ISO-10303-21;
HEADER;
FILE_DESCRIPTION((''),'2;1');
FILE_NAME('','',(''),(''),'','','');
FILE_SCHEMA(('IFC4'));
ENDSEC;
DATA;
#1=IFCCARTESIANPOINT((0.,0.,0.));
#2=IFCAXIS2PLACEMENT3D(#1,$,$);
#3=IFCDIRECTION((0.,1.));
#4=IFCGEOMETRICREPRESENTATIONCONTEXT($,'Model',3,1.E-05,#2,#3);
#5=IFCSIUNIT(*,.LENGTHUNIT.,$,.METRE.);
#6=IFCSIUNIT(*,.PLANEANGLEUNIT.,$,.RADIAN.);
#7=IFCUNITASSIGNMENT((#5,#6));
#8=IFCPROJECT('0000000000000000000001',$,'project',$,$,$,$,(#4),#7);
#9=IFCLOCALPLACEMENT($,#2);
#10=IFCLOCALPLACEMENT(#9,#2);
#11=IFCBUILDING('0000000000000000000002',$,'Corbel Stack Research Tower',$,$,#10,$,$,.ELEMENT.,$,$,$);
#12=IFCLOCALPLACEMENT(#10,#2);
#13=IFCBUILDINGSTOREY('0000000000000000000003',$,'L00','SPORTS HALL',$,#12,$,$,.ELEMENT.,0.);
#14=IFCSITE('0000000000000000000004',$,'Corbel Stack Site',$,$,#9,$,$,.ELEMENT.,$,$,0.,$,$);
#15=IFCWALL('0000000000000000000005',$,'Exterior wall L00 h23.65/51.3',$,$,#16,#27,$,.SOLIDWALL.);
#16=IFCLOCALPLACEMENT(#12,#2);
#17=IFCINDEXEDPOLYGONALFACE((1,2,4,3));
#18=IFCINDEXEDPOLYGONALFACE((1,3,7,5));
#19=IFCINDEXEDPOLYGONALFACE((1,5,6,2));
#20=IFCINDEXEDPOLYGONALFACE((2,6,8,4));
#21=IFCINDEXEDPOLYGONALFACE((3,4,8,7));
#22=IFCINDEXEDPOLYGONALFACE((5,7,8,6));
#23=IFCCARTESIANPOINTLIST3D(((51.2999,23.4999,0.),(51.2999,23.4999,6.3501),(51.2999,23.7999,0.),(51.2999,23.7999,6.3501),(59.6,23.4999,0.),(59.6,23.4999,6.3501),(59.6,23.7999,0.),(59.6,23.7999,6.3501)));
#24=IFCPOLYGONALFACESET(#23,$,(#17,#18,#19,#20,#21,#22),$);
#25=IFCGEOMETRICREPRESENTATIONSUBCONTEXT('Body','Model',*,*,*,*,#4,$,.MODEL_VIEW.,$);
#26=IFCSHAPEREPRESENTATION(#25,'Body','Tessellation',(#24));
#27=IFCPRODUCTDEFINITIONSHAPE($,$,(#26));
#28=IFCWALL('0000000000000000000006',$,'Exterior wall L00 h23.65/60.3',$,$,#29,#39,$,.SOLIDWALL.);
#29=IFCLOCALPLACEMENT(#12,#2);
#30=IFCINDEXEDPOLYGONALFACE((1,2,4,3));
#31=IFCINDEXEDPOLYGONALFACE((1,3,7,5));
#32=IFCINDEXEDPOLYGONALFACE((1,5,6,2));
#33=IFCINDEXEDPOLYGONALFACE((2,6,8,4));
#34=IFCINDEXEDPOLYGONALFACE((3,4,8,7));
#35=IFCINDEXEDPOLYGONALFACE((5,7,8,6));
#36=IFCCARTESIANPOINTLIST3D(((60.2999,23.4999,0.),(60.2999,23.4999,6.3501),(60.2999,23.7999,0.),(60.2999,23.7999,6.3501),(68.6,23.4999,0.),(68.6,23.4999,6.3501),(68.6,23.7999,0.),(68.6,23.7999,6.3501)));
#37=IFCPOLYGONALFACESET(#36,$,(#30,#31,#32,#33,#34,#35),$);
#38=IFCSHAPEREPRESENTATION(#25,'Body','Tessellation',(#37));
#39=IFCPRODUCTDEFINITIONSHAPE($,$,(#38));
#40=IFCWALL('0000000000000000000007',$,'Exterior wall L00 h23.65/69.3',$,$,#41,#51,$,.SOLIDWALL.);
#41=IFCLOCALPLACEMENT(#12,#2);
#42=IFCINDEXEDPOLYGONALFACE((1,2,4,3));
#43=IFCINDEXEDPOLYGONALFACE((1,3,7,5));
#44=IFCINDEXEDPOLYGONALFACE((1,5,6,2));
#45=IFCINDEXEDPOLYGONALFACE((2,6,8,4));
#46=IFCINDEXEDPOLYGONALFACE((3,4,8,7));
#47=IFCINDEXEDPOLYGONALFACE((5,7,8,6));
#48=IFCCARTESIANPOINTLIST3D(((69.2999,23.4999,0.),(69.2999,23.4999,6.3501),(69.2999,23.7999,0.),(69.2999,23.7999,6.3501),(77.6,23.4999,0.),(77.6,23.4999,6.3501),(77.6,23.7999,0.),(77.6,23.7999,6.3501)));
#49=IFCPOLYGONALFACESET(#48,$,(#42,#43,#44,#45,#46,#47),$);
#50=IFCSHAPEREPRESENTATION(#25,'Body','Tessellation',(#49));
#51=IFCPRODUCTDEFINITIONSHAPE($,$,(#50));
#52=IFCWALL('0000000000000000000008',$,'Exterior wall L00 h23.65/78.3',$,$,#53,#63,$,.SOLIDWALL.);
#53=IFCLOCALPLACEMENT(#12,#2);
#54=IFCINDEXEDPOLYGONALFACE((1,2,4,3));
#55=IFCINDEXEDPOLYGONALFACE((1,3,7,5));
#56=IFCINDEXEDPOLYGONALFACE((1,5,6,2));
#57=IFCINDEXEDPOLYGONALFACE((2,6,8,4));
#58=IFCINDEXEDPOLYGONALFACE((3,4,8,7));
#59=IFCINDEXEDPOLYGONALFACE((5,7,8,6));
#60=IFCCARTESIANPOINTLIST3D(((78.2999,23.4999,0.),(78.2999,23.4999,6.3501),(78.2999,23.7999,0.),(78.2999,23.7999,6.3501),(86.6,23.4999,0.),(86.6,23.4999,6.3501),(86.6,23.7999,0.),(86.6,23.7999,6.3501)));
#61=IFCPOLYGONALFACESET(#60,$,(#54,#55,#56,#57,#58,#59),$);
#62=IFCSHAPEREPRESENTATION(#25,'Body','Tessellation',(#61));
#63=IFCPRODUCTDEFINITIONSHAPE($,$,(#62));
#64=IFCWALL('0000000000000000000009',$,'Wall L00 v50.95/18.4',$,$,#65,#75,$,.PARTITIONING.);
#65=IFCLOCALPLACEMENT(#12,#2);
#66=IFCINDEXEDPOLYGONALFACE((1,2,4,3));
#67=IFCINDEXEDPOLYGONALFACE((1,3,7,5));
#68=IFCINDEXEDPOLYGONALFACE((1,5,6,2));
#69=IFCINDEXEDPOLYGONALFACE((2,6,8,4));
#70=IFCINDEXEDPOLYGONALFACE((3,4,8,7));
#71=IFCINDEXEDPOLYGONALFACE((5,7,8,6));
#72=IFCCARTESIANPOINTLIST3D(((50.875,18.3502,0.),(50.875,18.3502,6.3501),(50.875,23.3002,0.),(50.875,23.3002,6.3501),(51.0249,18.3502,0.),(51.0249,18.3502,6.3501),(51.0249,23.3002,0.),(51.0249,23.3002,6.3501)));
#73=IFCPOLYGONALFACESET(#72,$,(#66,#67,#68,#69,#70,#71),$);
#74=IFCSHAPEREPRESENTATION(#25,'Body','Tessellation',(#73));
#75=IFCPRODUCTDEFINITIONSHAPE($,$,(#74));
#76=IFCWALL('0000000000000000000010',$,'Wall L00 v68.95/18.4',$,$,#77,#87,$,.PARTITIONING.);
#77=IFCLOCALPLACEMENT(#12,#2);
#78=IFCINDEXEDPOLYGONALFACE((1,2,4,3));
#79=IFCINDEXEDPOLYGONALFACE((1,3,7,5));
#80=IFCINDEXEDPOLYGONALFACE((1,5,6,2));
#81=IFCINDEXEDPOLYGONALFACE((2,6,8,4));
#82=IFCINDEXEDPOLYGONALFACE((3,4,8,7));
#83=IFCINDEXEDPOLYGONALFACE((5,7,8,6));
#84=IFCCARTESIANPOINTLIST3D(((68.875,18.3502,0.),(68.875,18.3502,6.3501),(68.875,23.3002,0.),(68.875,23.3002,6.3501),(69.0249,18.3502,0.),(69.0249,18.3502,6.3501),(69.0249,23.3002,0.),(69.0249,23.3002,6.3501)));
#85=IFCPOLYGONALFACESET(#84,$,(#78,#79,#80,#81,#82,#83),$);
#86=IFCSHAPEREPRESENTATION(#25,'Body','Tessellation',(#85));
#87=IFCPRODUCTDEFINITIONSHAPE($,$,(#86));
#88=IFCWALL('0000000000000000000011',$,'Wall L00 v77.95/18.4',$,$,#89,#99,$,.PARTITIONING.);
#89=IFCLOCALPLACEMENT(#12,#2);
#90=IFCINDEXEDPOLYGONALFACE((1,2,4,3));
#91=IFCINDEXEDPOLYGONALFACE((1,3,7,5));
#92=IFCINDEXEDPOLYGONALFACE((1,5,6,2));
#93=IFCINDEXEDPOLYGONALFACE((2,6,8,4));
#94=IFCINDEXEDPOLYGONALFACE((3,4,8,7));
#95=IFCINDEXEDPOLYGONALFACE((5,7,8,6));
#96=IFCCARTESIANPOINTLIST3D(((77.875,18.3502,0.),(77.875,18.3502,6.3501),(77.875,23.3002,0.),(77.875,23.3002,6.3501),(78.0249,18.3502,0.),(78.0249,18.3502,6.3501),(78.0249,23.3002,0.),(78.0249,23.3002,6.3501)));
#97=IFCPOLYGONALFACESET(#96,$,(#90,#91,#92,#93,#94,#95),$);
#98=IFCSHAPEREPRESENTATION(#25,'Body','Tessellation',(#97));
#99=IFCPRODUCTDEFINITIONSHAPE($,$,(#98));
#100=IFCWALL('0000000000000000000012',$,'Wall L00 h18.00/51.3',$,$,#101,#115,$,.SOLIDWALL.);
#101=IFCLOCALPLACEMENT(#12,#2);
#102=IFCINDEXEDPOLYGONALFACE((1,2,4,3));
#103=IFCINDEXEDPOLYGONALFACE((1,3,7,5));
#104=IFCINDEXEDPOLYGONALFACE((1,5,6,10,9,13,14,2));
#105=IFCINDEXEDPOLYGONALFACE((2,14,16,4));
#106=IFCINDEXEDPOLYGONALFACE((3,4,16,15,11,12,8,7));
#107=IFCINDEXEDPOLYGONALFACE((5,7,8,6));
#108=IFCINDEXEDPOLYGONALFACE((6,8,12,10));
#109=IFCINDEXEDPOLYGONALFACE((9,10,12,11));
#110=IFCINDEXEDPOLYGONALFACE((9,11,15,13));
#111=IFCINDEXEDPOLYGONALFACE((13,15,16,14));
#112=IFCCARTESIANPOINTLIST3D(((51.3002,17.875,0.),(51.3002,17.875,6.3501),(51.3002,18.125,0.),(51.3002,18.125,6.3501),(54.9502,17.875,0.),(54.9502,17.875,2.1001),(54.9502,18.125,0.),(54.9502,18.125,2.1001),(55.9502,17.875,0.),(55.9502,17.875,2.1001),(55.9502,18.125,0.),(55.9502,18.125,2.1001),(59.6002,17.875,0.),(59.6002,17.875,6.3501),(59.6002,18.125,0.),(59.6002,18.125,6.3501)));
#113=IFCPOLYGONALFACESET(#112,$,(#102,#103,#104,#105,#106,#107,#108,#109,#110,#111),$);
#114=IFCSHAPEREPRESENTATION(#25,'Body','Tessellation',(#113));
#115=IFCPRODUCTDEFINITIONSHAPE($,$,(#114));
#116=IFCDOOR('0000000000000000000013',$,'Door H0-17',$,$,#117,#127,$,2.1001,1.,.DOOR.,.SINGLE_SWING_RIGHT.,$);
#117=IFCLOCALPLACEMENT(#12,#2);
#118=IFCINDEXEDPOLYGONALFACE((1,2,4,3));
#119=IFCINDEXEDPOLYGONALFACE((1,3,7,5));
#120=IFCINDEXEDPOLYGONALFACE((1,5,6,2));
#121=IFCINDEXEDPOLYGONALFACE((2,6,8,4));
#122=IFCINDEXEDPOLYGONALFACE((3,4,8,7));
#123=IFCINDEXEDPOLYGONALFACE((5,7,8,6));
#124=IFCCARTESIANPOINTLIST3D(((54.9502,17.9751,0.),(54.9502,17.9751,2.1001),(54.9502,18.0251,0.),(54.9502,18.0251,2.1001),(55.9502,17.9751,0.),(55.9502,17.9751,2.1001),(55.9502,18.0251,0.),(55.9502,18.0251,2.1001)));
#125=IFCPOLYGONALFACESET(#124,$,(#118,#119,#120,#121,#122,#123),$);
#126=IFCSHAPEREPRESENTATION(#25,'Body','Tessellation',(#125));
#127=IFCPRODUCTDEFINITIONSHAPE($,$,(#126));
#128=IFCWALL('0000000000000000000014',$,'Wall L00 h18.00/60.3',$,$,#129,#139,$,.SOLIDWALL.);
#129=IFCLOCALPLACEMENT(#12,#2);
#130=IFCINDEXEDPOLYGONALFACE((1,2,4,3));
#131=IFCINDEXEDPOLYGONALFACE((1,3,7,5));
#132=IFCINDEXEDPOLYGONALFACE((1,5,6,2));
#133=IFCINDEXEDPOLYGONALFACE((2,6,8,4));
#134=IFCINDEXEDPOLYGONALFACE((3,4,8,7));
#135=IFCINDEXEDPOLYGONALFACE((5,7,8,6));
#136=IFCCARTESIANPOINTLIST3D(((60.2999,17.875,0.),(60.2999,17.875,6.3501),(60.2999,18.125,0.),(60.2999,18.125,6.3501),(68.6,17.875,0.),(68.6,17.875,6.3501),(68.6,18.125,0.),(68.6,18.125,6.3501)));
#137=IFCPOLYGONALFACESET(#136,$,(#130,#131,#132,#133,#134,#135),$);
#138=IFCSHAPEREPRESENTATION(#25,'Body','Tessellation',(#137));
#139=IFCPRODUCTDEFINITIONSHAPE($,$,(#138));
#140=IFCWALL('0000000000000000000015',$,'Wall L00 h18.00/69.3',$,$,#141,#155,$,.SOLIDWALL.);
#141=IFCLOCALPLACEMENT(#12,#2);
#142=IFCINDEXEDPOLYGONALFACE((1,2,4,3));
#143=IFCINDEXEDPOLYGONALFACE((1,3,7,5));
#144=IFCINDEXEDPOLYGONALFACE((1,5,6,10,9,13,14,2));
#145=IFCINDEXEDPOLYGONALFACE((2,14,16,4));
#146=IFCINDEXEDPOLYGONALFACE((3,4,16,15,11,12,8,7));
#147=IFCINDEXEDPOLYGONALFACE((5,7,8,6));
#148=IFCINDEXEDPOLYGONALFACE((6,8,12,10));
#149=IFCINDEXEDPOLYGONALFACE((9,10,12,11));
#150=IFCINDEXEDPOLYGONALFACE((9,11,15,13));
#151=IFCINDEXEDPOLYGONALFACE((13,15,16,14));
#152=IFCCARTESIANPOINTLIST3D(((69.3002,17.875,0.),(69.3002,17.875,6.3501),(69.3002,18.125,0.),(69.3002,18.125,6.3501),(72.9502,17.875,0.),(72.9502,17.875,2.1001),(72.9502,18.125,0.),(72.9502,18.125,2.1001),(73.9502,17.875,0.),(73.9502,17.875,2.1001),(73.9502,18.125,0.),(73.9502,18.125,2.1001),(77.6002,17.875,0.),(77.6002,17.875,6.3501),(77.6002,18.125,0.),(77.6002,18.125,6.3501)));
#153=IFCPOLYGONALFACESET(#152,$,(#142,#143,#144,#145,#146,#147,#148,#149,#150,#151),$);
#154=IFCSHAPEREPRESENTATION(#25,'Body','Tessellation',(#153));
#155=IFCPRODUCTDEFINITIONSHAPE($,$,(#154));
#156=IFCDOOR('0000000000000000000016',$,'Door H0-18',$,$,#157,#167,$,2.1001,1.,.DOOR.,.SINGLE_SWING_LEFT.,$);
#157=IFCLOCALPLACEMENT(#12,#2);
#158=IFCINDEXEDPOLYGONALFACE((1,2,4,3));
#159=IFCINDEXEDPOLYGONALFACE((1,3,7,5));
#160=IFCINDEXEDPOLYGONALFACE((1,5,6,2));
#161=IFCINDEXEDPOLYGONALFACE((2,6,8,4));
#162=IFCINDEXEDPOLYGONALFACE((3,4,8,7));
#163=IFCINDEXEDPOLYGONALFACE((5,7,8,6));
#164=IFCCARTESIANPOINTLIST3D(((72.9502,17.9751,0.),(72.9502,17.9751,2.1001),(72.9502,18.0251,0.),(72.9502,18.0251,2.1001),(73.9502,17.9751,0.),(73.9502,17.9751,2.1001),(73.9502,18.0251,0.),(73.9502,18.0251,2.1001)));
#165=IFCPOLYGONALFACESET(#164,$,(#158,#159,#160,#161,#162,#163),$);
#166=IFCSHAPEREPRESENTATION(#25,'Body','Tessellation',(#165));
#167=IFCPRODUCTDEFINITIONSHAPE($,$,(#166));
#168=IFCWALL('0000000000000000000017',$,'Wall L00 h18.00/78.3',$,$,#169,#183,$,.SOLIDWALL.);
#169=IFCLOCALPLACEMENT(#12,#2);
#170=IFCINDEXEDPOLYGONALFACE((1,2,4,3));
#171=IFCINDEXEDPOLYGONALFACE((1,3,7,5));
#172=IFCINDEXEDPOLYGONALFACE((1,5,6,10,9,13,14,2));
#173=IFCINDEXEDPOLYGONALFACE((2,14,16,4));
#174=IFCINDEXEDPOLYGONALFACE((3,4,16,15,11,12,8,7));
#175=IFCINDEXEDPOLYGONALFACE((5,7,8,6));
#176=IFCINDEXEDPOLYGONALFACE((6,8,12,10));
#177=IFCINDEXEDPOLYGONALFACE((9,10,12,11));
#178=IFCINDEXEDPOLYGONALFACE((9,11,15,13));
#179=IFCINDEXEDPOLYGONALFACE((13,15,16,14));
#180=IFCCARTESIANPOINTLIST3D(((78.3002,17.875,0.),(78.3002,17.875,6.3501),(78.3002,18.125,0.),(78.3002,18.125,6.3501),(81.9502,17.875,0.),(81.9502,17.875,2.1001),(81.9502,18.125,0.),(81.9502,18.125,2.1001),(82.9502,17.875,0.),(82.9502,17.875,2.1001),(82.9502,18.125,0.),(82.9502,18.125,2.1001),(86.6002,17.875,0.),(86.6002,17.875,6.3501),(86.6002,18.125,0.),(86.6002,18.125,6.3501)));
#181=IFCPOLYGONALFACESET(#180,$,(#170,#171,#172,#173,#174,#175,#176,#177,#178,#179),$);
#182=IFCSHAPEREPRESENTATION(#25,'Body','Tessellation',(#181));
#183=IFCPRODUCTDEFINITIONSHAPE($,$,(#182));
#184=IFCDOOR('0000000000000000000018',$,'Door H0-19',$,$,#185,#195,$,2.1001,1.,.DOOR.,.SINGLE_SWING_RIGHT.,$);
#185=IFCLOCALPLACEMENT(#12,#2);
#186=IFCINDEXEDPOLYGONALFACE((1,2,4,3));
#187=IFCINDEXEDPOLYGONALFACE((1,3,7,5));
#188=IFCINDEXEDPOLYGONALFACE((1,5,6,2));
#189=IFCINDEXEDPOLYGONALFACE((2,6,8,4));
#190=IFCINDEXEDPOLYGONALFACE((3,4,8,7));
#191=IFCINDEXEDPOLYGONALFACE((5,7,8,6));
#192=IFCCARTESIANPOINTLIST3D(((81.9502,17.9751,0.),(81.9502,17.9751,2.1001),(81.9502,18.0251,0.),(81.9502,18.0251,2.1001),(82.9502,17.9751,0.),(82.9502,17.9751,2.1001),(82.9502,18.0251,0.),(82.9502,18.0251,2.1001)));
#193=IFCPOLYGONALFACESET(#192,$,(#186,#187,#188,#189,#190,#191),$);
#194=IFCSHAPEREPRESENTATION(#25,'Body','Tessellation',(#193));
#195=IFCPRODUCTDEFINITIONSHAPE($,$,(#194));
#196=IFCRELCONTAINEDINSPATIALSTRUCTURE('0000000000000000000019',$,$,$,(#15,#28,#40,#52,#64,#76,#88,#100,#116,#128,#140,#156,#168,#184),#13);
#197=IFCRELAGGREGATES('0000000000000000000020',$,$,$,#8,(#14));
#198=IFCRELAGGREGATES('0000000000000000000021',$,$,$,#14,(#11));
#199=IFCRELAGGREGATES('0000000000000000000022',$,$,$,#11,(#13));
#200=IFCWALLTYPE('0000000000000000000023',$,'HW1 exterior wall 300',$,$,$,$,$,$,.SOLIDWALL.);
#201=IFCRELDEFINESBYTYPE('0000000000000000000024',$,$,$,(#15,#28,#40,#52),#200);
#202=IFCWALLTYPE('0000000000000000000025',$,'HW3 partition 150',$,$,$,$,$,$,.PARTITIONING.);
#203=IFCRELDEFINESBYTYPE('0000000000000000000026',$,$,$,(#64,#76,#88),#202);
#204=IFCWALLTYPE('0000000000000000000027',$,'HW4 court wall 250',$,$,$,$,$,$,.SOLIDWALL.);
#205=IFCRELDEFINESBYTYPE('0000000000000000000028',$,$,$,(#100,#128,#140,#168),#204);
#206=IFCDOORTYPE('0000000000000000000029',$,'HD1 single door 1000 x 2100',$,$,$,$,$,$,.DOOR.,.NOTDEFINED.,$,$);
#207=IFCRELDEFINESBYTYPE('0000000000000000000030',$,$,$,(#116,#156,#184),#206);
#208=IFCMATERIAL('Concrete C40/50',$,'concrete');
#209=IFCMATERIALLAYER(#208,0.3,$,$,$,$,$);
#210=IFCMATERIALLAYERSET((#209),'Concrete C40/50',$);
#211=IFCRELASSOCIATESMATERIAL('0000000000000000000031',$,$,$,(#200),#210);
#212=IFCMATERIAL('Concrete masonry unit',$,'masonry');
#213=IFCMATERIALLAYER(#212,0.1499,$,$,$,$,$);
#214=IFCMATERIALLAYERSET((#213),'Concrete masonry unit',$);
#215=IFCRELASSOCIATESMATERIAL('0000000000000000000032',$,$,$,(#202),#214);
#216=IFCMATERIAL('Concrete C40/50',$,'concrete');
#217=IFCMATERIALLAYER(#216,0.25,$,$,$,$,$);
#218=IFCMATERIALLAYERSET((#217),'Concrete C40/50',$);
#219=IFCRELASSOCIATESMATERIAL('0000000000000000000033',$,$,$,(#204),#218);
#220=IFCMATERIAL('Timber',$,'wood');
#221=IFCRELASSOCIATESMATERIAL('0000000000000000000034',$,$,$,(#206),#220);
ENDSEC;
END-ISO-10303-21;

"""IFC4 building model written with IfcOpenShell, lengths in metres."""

from ifc_helpers import new_model, si_unit, direction, frame, frame_2d, origin, place, context, subcontext, project, spatial, rectangle, extrude, material, layer, layer_set, type_object, element, fill, save


model = new_model("IFC4")

# Units and contexts
model_context = context("Model", 3, precision=1e-05, world=origin(), true_north=direction((0.0, 1.0)))
body_context = subcontext(model_context, "Body", "Model", "MODEL_VIEW")
ifc_project = project(units=[si_unit("LENGTHUNIT", "METRE"), si_unit("PLANEANGLEUNIT", "RADIAN")], contexts=[model_context])

# Site, building, storey
site_placement = place(None, origin())
site = spatial("IfcSite", under=ifc_project, at=site_placement, Name="Corbel Stack Site", CompositionType="ELEMENT", RefElevation=0.0)
building_placement = place(site_placement, origin())
building = spatial("IfcBuilding", under=site, at=building_placement, Name="Corbel Stack Research Tower", CompositionType="ELEMENT")
storey_placement = place(building_placement, origin())
storey = spatial("IfcBuildingStorey", under=building, at=storey_placement, Name="L00", Description="SPORTS HALL", CompositionType="ELEMENT", Elevation=0.0)

# Walls
ifc_material_1 = material(Name="Concrete C40/50", Category="concrete")
ifc_layer_1 = layer(ifc_material_1, 0.3)
ifc_layer_set_1 = layer_set([ifc_layer_1], Name="Concrete C40/50")
wall_type_1 = type_object("IfcWallType", Name="HW1 exterior wall 300", PredefinedType="SOLIDWALL", material=ifc_layer_set_1)
for number, where, z_axis, x_axis, name in (
    (1, (51.3, 23.6499, 0.0), (0.0, 0.0, 1.0), (1.0, 0.0, 0.0), "Exterior wall L00 h23.65/51.3"),
    (2, (60.3, 23.6499, 0.0), (0.0, 0.0, 1.0), (1.0, 0.0, 0.0), "Exterior wall L00 h23.65/60.3"),
    (3, (69.3, 23.6499, 0.0), (0.0, 0.0, 1.0), (1.0, 0.0, 0.0), "Exterior wall L00 h23.65/69.3"),
    (4, (78.3, 23.6499, 0.0), (0.0, 0.0, 1.0), (1.0, 0.0, 0.0), "Exterior wall L00 h23.65/78.3"),
):
    element("IfcWall", number, at=place(storey_placement, frame(where, z_axis=z_axis, x_axis=x_axis)), inside=storey, type_object=wall_type_1, Name=name, PredefinedType="SOLIDWALL", context=body_context, shape_type="SweptSolid", body=[
        extrude(rectangle(XDim=8.3, YDim=0.3, at=frame_2d((4.1499, 0.0))), origin(), (0.0, 0.0, 1.0), 6.3501),
    ])
ifc_material_2 = material(Name="Concrete masonry unit", Category="masonry")
ifc_layer_2 = layer(ifc_material_2, 0.1499)
ifc_layer_set_2 = layer_set([ifc_layer_2], Name="Concrete masonry unit")
wall_type_2 = type_object("IfcWallType", Name="HW3 partition 150", PredefinedType="PARTITIONING", material=ifc_layer_set_2)
for number, where, z_axis, x_axis, name in (
    (5, (50.95, 18.3501, 0.0), (0.0, 0.0, 1.0), (0.0, 1.0, 0.0), "Wall L00 v50.95/18.4"),
    (6, (68.95, 18.3501, 0.0), (0.0, 0.0, 1.0), (0.0, 1.0, 0.0), "Wall L00 v68.95/18.4"),
    (7, (77.95, 18.3501, 0.0), (0.0, 0.0, 1.0), (0.0, 1.0, 0.0), "Wall L00 v77.95/18.4"),
):
    element("IfcWall", number, at=place(storey_placement, frame(where, z_axis=z_axis, x_axis=x_axis)), inside=storey, type_object=wall_type_2, Name=name, PredefinedType="PARTITIONING", context=body_context, shape_type="SweptSolid", body=[
        extrude(rectangle(XDim=4.95, YDim=0.1499, at=frame_2d((2.4751, 0.0))), origin(), (0.0, 0.0, 1.0), 6.3501),
    ])

# Wall, opening, door
ifc_material_3 = material(Name="Concrete C40/50", Category="concrete")
ifc_layer_3 = layer(ifc_material_3, 0.25)
ifc_layer_set_3 = layer_set([ifc_layer_3], Name="Concrete C40/50")
wall_type_3 = type_object("IfcWallType", Name="HW4 court wall 250", PredefinedType="SOLIDWALL", material=ifc_layer_set_3)
wall_1_placement = place(storey_placement, frame((59.6001, 18.0, 0.0), z_axis=(0.0, 0.0, 1.0), x_axis=(-1.0, 0.0, 0.0)))
wall_1 = element("IfcWall", 8, at=wall_1_placement, inside=storey, type_object=wall_type_3, Name="Wall L00 h18.00/51.3", PredefinedType="SOLIDWALL", context=body_context, shape_type="SweptSolid", body=[
    extrude(rectangle(XDim=8.3, YDim=0.25, at=frame_2d((4.1499, 0.0))), origin(), (0.0, 0.0, 1.0), 6.3501),
])
opening_1_placement = place(wall_1_placement, frame((3.6499, 0.0, 0.0)))
opening_1 = element("IfcOpeningElement", 9, at=opening_1_placement, cuts=wall_1, PredefinedType="OPENING", context=body_context, shape_type="SweptSolid", body=[
    extrude(rectangle(XDim=1.0, YDim=2.1001, at=frame_2d((0.5, 1.05))), frame((0.0, 0.135, 0.0), z_axis=(0.0, -1.0, 0.0), x_axis=(1.0, 0.0, 0.0)), (0.0, 0.0, 1.0), 0.27),
])
ifc_material_4 = material(Name="Timber", Category="wood")
door_type_1 = type_object("IfcDoorType", Name="HD1 single door 1000 x 2100", OperationType="NOTDEFINED", PredefinedType="DOOR", material=ifc_material_4)
door_1_placement = place(opening_1_placement, origin())
door_1 = element("IfcDoor", 10, at=door_1_placement, inside=storey, type_object=door_type_1, Name="Door H0-17", OperationType="SINGLE_SWING_RIGHT", OverallHeight=2.1001, OverallWidth=1.0, PredefinedType="DOOR", context=body_context, shape_type="SweptSolid", body=[
    extrude(rectangle(XDim=1.0, YDim=2.1001, at=frame_2d((0.5, 1.05))), frame((0.0, 0.0249, 0.0), z_axis=(0.0, -1.0, 0.0), x_axis=(1.0, 0.0, 0.0)), (0.0, 0.0, 1.0), 0.05),
])
fill(opening_1, door_1)

# Wall
wall_2_placement = place(storey_placement, frame((60.3, 18.0, 0.0), z_axis=(0.0, 0.0, 1.0), x_axis=(1.0, 0.0, 0.0)))
element("IfcWall", 11, at=wall_2_placement, inside=storey, type_object=wall_type_3, Name="Wall L00 h18.00/60.3", PredefinedType="SOLIDWALL", context=body_context, shape_type="SweptSolid", body=[
    extrude(rectangle(XDim=8.3, YDim=0.25, at=frame_2d((4.1499, 0.0))), origin(), (0.0, 0.0, 1.0), 6.3501),
])

# Walls, openings, doors
wall_3_placement = place(storey_placement, frame((77.6001, 18.0, 0.0), z_axis=(0.0, 0.0, 1.0), x_axis=(-1.0, 0.0, 0.0)))
wall_3 = element("IfcWall", 12, at=wall_3_placement, inside=storey, type_object=wall_type_3, Name="Wall L00 h18.00/69.3", PredefinedType="SOLIDWALL", context=body_context, shape_type="SweptSolid", body=[
    extrude(rectangle(XDim=8.3, YDim=0.25, at=frame_2d((4.1499, 0.0))), origin(), (0.0, 0.0, 1.0), 6.3501),
])
opening_2_placement = place(wall_3_placement, frame((3.6499, 0.0, 0.0)))
opening_2 = element("IfcOpeningElement", 13, at=opening_2_placement, cuts=wall_3, PredefinedType="OPENING", context=body_context, shape_type="SweptSolid", body=[
    extrude(rectangle(XDim=1.0, YDim=2.1001, at=frame_2d((0.5, 1.05))), frame((0.0, 0.135, 0.0), z_axis=(0.0, -1.0, 0.0), x_axis=(1.0, 0.0, 0.0)), (0.0, 0.0, 1.0), 0.27),
])
door_2_placement = place(opening_2_placement, origin())
door_2 = element("IfcDoor", 14, at=door_2_placement, inside=storey, type_object=door_type_1, Name="Door H0-18", OperationType="SINGLE_SWING_LEFT", OverallHeight=2.1001, OverallWidth=1.0, PredefinedType="DOOR", context=body_context, shape_type="SweptSolid", body=[
    extrude(rectangle(XDim=1.0, YDim=2.1001, at=frame_2d((0.5, 1.05))), frame((0.0, 0.0249, 0.0), z_axis=(0.0, -1.0, 0.0), x_axis=(1.0, 0.0, 0.0)), (0.0, 0.0, 1.0), 0.05),
])
fill(opening_2, door_2)
wall_4_placement = place(storey_placement, frame((86.6001, 18.0, 0.0), z_axis=(0.0, 0.0, 1.0), x_axis=(-1.0, 0.0, 0.0)))
wall_4 = element("IfcWall", 15, at=wall_4_placement, inside=storey, type_object=wall_type_3, Name="Wall L00 h18.00/78.3", PredefinedType="SOLIDWALL", context=body_context, shape_type="SweptSolid", body=[
    extrude(rectangle(XDim=8.3, YDim=0.25, at=frame_2d((4.1499, 0.0))), origin(), (0.0, 0.0, 1.0), 6.3501),
])
opening_3_placement = place(wall_4_placement, frame((3.6499, 0.0, 0.0)))
opening_3 = element("IfcOpeningElement", 16, at=opening_3_placement, cuts=wall_4, PredefinedType="OPENING", context=body_context, shape_type="SweptSolid", body=[
    extrude(rectangle(XDim=1.0, YDim=2.1001, at=frame_2d((0.5, 1.05))), frame((0.0, 0.135, 0.0), z_axis=(0.0, -1.0, 0.0), x_axis=(1.0, 0.0, 0.0)), (0.0, 0.0, 1.0), 0.27),
])
door_3_placement = place(opening_3_placement, origin())
door_3 = element("IfcDoor", 17, at=door_3_placement, inside=storey, type_object=door_type_1, Name="Door H0-19", OperationType="SINGLE_SWING_RIGHT", OverallHeight=2.1001, OverallWidth=1.0, PredefinedType="DOOR", context=body_context, shape_type="SweptSolid", body=[
    extrude(rectangle(XDim=1.0, YDim=2.1001, at=frame_2d((0.5, 1.05))), frame((0.0, 0.0249, 0.0), z_axis=(0.0, -1.0, 0.0), x_axis=(1.0, 0.0, 0.0)), (0.0, 0.0, 1.0), 0.05),
])
fill(opening_3, door_3)

save(model, "model.ifc")
